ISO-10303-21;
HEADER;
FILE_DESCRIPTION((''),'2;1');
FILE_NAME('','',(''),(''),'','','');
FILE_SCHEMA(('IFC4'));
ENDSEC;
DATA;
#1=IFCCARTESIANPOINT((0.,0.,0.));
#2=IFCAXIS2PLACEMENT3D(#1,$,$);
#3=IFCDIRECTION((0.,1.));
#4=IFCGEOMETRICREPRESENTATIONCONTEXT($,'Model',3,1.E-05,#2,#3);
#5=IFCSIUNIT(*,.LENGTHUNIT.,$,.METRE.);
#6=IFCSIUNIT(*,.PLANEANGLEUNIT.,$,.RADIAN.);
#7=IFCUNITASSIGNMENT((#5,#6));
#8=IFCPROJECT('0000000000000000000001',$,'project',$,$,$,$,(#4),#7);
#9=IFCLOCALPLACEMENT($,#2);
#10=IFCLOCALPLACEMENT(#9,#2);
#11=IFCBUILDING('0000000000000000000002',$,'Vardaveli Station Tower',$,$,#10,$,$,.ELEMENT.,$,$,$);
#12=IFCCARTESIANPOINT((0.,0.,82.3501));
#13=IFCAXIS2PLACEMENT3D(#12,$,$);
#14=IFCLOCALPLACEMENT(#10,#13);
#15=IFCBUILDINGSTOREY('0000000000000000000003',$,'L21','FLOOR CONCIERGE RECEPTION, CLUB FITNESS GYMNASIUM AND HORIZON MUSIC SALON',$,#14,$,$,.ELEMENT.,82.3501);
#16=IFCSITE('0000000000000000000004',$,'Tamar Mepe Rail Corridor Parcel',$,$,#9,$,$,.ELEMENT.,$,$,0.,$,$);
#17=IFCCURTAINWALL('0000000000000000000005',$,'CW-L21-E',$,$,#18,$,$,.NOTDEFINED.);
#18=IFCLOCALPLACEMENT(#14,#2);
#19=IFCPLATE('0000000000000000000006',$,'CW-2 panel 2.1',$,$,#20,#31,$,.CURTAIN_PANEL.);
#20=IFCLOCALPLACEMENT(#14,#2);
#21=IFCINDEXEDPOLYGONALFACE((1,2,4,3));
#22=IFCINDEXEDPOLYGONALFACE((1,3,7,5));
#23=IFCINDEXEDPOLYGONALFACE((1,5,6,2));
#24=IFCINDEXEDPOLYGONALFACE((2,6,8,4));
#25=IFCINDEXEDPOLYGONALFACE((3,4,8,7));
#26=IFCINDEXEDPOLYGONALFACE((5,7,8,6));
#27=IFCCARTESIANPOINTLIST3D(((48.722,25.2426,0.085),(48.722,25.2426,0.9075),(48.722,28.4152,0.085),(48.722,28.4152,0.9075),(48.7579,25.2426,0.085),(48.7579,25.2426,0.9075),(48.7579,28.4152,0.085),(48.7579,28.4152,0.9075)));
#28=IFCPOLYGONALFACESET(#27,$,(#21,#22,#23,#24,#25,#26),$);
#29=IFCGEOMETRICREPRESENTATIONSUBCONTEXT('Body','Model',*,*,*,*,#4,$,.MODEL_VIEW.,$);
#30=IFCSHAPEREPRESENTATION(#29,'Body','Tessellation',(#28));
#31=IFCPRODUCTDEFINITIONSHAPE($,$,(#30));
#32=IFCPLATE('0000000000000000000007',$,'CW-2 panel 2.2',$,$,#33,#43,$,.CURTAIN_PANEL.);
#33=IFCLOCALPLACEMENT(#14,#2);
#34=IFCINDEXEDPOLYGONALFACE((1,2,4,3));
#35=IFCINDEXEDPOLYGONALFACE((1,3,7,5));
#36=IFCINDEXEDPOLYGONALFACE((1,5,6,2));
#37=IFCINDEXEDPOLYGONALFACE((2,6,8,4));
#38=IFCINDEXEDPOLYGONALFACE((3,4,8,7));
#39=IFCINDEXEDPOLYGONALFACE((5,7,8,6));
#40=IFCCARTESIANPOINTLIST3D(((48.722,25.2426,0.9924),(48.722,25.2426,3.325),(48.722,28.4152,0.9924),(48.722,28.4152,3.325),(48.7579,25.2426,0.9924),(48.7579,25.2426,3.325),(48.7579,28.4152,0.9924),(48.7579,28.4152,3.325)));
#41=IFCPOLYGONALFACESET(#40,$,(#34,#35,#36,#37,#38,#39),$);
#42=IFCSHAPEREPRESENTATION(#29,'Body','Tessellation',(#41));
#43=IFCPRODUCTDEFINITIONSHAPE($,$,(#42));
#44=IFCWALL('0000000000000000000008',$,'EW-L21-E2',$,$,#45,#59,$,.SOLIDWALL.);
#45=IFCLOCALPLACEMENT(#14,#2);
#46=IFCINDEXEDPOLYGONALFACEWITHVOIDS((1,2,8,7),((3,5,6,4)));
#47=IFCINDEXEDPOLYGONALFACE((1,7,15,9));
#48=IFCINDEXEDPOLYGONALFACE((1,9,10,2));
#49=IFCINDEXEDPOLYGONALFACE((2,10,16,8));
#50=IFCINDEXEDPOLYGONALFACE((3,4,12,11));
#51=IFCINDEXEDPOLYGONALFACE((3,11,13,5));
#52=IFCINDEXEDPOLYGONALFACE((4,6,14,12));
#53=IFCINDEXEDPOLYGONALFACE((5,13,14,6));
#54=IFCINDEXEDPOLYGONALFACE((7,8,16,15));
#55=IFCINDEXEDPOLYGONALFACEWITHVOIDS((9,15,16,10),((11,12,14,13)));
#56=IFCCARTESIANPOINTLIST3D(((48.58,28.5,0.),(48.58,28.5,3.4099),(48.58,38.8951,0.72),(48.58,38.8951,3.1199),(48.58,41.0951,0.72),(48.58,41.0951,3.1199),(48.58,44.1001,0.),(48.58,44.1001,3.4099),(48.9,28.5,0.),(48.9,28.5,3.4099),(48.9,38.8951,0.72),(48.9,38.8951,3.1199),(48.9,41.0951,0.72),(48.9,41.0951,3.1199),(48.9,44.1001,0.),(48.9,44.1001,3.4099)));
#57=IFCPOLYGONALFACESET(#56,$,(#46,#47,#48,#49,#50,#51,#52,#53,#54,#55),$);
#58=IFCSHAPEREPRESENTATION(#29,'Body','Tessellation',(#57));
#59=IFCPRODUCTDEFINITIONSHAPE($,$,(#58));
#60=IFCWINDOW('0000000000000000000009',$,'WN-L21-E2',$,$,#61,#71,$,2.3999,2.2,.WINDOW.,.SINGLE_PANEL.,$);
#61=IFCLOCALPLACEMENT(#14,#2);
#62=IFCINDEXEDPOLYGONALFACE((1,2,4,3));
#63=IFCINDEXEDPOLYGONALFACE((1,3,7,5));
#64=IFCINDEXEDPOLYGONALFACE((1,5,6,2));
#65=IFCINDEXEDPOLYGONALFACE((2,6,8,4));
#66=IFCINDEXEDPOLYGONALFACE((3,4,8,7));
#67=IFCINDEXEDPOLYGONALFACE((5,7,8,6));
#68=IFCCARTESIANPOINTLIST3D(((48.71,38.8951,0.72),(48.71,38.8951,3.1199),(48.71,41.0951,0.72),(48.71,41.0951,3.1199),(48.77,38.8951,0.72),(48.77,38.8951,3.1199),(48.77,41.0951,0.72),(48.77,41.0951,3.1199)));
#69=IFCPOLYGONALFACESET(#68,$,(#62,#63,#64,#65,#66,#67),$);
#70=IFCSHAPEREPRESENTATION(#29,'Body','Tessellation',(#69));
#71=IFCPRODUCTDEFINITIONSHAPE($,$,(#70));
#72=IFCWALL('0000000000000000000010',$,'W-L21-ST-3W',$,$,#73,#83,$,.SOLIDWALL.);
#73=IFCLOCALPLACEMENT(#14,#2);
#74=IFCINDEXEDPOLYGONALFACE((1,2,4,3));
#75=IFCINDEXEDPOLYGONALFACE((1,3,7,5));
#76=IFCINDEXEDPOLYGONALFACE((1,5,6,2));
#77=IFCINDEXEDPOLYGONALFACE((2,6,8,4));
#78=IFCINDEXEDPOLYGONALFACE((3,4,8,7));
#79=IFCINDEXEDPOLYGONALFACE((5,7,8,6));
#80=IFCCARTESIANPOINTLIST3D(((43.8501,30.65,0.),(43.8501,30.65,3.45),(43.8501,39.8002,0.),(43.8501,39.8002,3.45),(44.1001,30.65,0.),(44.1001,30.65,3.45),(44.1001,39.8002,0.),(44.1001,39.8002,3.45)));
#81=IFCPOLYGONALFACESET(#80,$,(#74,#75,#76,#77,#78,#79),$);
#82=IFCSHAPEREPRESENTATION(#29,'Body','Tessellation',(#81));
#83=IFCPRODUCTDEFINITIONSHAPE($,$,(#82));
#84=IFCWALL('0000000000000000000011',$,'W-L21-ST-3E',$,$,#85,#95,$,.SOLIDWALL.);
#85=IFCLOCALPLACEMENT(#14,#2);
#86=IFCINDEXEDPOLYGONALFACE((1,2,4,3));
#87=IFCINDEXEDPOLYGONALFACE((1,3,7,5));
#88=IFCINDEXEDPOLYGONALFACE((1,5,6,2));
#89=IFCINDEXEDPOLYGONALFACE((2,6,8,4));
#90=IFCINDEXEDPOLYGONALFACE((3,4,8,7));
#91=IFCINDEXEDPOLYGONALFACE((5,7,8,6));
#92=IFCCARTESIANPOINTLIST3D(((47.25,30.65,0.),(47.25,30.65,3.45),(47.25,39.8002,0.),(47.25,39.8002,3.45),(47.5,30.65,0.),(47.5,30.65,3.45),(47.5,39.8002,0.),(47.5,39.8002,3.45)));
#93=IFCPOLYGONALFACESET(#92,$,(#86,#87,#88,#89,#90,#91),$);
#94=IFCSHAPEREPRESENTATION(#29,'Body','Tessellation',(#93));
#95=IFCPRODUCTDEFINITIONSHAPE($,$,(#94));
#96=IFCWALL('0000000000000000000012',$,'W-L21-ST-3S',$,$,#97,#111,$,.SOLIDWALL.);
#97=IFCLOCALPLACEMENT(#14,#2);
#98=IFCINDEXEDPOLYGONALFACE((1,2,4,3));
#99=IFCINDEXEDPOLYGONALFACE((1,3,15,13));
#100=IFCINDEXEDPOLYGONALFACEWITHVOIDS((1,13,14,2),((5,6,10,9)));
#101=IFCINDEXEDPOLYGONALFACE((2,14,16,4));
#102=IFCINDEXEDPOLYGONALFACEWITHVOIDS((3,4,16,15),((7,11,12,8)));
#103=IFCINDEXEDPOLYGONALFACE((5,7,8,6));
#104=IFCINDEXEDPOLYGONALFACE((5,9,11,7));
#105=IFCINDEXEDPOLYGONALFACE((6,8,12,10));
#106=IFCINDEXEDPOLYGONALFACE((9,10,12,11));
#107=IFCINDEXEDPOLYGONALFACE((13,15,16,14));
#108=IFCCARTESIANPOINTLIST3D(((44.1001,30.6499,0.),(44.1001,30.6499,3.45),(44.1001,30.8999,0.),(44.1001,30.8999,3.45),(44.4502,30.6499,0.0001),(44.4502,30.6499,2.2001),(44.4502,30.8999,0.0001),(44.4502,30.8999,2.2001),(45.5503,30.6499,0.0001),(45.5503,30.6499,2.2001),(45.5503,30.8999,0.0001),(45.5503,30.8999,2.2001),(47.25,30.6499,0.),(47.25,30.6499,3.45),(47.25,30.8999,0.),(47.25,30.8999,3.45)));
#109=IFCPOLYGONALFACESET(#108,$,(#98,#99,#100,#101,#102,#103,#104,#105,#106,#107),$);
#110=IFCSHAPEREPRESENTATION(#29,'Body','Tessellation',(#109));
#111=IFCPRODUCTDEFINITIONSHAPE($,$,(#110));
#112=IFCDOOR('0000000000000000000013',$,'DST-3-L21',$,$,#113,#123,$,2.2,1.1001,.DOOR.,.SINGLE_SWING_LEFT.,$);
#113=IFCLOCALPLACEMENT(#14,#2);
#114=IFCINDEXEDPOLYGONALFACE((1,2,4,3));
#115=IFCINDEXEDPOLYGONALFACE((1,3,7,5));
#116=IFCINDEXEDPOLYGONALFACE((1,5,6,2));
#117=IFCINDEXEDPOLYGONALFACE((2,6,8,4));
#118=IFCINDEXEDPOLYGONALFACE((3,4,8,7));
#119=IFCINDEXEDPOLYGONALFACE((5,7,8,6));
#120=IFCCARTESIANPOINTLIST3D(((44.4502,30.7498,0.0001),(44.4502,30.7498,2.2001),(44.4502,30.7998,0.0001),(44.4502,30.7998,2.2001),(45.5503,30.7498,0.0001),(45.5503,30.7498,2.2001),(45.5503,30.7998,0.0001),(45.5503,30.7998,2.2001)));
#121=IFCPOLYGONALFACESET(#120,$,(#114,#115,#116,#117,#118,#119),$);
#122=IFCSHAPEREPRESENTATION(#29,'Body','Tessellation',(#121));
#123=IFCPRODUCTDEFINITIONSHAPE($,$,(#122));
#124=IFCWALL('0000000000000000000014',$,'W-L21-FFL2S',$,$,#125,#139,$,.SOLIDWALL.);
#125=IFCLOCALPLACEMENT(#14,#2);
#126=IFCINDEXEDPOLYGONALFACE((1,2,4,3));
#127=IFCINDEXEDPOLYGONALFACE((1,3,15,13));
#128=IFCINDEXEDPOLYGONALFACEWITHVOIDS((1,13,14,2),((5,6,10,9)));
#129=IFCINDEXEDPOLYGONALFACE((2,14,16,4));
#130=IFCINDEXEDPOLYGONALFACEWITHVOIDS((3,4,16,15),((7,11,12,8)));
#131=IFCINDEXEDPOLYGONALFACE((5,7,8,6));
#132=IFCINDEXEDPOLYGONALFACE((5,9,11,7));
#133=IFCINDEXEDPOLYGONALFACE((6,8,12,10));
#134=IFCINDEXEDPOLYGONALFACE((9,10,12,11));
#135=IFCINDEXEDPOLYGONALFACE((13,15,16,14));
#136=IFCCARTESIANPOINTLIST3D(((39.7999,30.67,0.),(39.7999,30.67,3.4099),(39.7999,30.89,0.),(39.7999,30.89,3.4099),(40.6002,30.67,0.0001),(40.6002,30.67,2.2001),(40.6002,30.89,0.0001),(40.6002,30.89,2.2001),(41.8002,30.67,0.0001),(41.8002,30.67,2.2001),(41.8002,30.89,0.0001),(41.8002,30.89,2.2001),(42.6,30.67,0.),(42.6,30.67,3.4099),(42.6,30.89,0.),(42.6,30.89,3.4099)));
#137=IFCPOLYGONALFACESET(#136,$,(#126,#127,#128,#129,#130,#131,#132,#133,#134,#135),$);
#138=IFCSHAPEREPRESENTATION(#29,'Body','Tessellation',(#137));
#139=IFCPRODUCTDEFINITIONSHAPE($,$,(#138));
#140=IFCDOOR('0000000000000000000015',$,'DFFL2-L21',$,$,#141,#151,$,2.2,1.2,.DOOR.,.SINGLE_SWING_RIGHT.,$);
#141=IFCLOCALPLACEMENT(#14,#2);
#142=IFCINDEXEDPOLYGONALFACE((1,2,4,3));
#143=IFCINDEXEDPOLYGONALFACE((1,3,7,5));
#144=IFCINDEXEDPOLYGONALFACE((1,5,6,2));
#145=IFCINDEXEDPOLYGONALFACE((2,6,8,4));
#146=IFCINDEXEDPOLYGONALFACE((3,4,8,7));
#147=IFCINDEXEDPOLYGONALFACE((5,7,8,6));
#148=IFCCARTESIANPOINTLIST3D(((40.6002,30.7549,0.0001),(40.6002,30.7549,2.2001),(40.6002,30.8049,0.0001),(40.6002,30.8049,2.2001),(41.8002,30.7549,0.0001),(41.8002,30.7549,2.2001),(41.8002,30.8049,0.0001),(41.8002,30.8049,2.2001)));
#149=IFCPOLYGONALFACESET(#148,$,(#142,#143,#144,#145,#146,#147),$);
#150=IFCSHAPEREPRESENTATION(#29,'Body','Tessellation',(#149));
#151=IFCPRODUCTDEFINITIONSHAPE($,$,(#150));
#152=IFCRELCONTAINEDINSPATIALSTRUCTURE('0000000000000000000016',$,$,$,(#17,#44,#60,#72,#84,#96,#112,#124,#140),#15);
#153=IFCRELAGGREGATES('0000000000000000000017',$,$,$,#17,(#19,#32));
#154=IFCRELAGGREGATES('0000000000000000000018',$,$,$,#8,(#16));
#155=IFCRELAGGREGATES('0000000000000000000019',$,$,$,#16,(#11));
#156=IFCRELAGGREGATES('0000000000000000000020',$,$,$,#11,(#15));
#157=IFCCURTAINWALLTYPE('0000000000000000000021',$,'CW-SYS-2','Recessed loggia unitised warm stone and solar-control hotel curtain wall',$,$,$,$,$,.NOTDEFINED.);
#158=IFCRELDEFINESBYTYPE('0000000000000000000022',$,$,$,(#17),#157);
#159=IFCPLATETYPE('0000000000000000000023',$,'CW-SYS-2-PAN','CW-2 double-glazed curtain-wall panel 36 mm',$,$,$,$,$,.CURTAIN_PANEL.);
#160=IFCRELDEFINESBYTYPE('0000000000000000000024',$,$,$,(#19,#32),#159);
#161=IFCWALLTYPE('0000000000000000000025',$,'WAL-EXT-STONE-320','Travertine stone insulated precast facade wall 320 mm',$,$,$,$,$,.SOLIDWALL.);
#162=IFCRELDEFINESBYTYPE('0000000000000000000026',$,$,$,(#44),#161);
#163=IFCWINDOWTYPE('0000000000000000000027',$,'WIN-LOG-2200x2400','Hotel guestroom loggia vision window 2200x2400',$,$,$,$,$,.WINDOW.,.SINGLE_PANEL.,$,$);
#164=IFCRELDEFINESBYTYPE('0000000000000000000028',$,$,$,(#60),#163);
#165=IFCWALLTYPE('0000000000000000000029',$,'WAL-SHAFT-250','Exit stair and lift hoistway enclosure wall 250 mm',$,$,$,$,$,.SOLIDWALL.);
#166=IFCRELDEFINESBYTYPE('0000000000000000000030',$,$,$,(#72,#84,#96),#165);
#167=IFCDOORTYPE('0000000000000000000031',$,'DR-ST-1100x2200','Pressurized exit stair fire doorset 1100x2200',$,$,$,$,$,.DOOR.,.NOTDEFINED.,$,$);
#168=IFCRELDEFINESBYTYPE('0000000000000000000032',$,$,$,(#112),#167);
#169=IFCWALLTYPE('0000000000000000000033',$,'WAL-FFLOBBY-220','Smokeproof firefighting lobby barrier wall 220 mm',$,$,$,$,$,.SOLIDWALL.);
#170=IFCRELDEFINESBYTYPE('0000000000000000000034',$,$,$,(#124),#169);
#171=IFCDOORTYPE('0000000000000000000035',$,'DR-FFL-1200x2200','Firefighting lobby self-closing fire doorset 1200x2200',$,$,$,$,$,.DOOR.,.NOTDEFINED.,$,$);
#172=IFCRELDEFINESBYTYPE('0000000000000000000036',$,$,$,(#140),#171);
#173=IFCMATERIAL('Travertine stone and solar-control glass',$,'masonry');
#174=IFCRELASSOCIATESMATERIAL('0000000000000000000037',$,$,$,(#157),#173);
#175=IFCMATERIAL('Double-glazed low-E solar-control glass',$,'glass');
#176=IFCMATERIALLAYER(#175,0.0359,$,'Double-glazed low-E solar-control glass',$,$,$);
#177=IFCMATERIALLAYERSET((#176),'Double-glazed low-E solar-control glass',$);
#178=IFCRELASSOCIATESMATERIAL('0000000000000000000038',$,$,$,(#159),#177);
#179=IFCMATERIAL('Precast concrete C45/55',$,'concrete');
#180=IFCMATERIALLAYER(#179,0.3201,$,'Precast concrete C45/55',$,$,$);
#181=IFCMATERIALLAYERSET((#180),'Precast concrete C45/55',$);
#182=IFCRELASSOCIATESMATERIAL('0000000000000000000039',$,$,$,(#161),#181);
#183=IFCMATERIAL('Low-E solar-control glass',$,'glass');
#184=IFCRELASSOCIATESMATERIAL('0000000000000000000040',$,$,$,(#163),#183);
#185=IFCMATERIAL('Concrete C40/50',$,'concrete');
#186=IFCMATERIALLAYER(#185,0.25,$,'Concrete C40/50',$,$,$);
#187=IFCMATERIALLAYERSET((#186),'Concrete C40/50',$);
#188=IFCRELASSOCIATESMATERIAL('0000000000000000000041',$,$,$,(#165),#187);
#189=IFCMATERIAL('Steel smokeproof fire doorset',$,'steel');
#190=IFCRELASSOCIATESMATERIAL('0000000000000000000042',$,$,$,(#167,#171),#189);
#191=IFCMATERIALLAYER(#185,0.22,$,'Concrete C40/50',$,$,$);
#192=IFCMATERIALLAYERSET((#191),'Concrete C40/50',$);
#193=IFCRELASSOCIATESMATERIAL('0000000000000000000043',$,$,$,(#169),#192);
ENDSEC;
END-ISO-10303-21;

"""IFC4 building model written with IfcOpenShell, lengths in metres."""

from ifc_helpers import new_model, si_unit, direction, frame, frame_2d, origin, origin_2d, place, context, subcontext, project, spatial, rectangle, extrude, source, transform, mapped, material, layer, layer_set, type_object, element, fill, aggregate, save


model = new_model("IFC4")

# Units and contexts
model_context = context("Model", 3, precision=1e-05, world=origin(), true_north=direction((0.0, 1.0)))
body_context = subcontext(model_context, "Body", "Model", "MODEL_VIEW")
ifc_project = project(units=[si_unit("LENGTHUNIT", "METRE"), si_unit("PLANEANGLEUNIT", "RADIAN")], contexts=[model_context])

# Site, building, storey
site_placement = place(None, origin())
site = spatial("IfcSite", under=ifc_project, at=site_placement, Name="Tamar Mepe Rail Corridor Parcel", CompositionType="ELEMENT", RefElevation=0.0)
building_placement = place(site_placement, origin())
building = spatial("IfcBuilding", under=site, at=building_placement, Name="Vardaveli Station Tower", CompositionType="ELEMENT")
storey_placement = place(building_placement, frame((0.0, 0.0, 82.3501)))
storey = spatial("IfcBuildingStorey", under=building, at=storey_placement, Name="L21", Description="FLOOR CONCIERGE RECEPTION, CLUB FITNESS GYMNASIUM AND HORIZON MUSIC SALON", CompositionType="ELEMENT", Elevation=82.3501)

# Shared definitions
ifc_material_1 = material(Name="Precast concrete C45/55", Category="concrete")

# Curtain wall, plates
ifc_material_2 = material(Name="Travertine stone and solar-control glass", Category="masonry")
curtain_wall_type = type_object("IfcCurtainWallType", Name="CW-SYS-2", Description="Recessed loggia unitised warm stone and solar-control hotel curtain wall", PredefinedType="NOTDEFINED", material=ifc_material_2)
curtain_wall_placement = place(storey_placement, origin())
curtain_wall = element("IfcCurtainWall", 1, at=curtain_wall_placement, inside=storey, type_object=curtain_wall_type, Name="CW-L21-E", PredefinedType="NOTDEFINED")
ifc_material_3 = material(Name="Double-glazed low-E solar-control glass", Category="glass")
ifc_layer_1 = layer(ifc_material_3, 0.0359, Name="Double-glazed low-E solar-control glass")
ifc_layer_set_1 = layer_set([ifc_layer_1], Name="Double-glazed low-E solar-control glass")
plate_type = type_object("IfcPlateType", Name="CW-SYS-2-PAN", Description="CW-2 double-glazed curtain-wall panel 36 mm", PredefinedType="CURTAIN_PANEL", material=ifc_layer_set_1)
shared_shape_1 = source(origin(), body_context, "Body", "SweptSolid", [
    extrude(rectangle(XDim=3.1726, YDim=0.0359, at=origin_2d()), origin(), (0.0, 0.0, 1.0), 0.8225),
])
plate_1_placement = place(storey_placement, frame((48.74, 26.8289, 0.085), z_axis=(0.0, 0.0, 1.0), x_axis=(0.0, 1.0, 0.0)))
plate_1 = element("IfcPlate", 2, at=plate_1_placement, type_object=plate_type, Name="CW-2 panel 2.1", PredefinedType="CURTAIN_PANEL", context=body_context, shape_type="MappedRepresentation", body=[
    mapped(shared_shape_1, transform((0.0, 0.0, 0.0), scale=1.0)),
])
shared_shape_2 = source(origin(), body_context, "Body", "SweptSolid", [
    extrude(rectangle(XDim=3.1726, YDim=0.0359, at=origin_2d()), origin(), (0.0, 0.0, 1.0), 2.3325),
])
plate_2_placement = place(storey_placement, frame((48.74, 26.8289, 0.9924), z_axis=(0.0, 0.0, 1.0), x_axis=(0.0, 1.0, 0.0)))
plate_2 = element("IfcPlate", 3, at=plate_2_placement, type_object=plate_type, Name="CW-2 panel 2.2", PredefinedType="CURTAIN_PANEL", context=body_context, shape_type="MappedRepresentation", body=[
    mapped(shared_shape_2, transform((0.0, 0.0, 0.0), scale=1.0)),
])
aggregate(curtain_wall, [plate_1, plate_2])

# Wall, opening, window
ifc_layer_2 = layer(ifc_material_1, 0.3201, Name="Precast concrete C45/55")
ifc_layer_set_2 = layer_set([ifc_layer_2], Name="Precast concrete C45/55")
wall_type_1 = type_object("IfcWallType", Name="WAL-EXT-STONE-320", Description="Travertine stone insulated precast facade wall 320 mm", PredefinedType="SOLIDWALL", material=ifc_layer_set_2)
shared_shape_3 = source(origin(), body_context, "Body", "SweptSolid", [
    extrude(rectangle(XDim=15.6001, YDim=0.3201, at=frame_2d((7.8, 0.0))), origin(), (0.0, 0.0, 1.0), 3.4099),
])
wall_1_placement = place(storey_placement, frame((48.74, 28.5, 0.0), z_axis=(0.0, 0.0, 1.0), x_axis=(0.0, 1.0, 0.0)))
wall_1 = element("IfcWall", 4, at=wall_1_placement, inside=storey, type_object=wall_type_1, Name="EW-L21-E2", PredefinedType="SOLIDWALL", context=body_context, shape_type="MappedRepresentation", body=[
    mapped(shared_shape_3, transform((0.0, 0.0, 0.0), scale=1.0)),
])
shared_shape_4 = source(origin(), body_context, "Body", "SweptSolid", [
    extrude(rectangle(XDim=2.2, YDim=2.3999, at=frame_2d((1.1001, 1.2))), frame((0.0, 0.1699, 0.0), z_axis=(0.0, -1.0, 0.0), x_axis=(1.0, 0.0, 0.0)), (0.0, 0.0, 1.0), 0.3401),
])
opening_1_placement = place(wall_1_placement, frame((10.395, 0.0, 0.72)))
opening_1 = element("IfcOpeningElement", 5, at=opening_1_placement, cuts=wall_1, PredefinedType="OPENING", context=body_context, shape_type="MappedRepresentation", body=[
    mapped(shared_shape_4, transform((0.0, 0.0, 0.0), scale=1.0)),
])
ifc_material_4 = material(Name="Low-E solar-control glass", Category="glass")
window_type = type_object("IfcWindowType", Name="WIN-LOG-2200x2400", Description="Hotel guestroom loggia vision window 2200x2400", PartitioningType="SINGLE_PANEL", PredefinedType="WINDOW", material=ifc_material_4)
shared_shape_5 = source(origin(), body_context, "Body", "SweptSolid", [
    extrude(rectangle(XDim=2.2, YDim=2.3999, at=frame_2d((1.1001, 1.2))), frame((0.0, 0.03, 0.0), z_axis=(0.0, -1.0, 0.0), x_axis=(1.0, 0.0, 0.0)), (0.0, 0.0, 1.0), 0.0601),
])
window_placement = place(opening_1_placement, origin())
window = element("IfcWindow", 6, at=window_placement, inside=storey, type_object=window_type, Name="WN-L21-E2", OverallHeight=2.3999, OverallWidth=2.2, PartitioningType="SINGLE_PANEL", PredefinedType="WINDOW", context=body_context, shape_type="MappedRepresentation", body=[
    mapped(shared_shape_5, transform((0.0, 0.0, 0.0), scale=1.0)),
])
fill(opening_1, window)

# Walls
ifc_material_5 = material(Name="Concrete C40/50", Category="concrete")
ifc_layer_3 = layer(ifc_material_5, 0.25, Name="Concrete C40/50")
ifc_layer_set_3 = layer_set([ifc_layer_3], Name="Concrete C40/50")
wall_type_2 = type_object("IfcWallType", Name="WAL-SHAFT-250", Description="Exit stair and lift hoistway enclosure wall 250 mm", PredefinedType="SOLIDWALL", material=ifc_layer_set_3)
shared_shape_6 = source(origin(), body_context, "Body", "SweptSolid", [
    extrude(rectangle(XDim=9.1501, YDim=0.25, at=frame_2d((4.5752, 0.0))), origin(), (0.0, 0.0, 1.0), 3.45),
])
for number, where, z_axis, x_axis, name in (
    (7, (43.9751, 30.6499, 0.0), (0.0, 0.0, 1.0), (0.0, 1.0, 0.0), "W-L21-ST-3W"),
    (8, (47.375, 30.6499, 0.0), (0.0, 0.0, 1.0), (0.0, 1.0, 0.0), "W-L21-ST-3E"),
):
    element("IfcWall", number, at=place(storey_placement, frame(where, z_axis=z_axis, x_axis=x_axis)), inside=storey, type_object=wall_type_2, Name=name, PredefinedType="SOLIDWALL", context=body_context, shape_type="MappedRepresentation", body=[
        mapped(shared_shape_6, transform((0.0, 0.0, 0.0), scale=1.0)),
    ])

# Walls, openings, doors
shared_shape_7 = source(origin(), body_context, "Body", "SweptSolid", [
    extrude(rectangle(XDim=3.1499, YDim=0.25, at=frame_2d((1.575, 0.0))), origin(), (0.0, 0.0, 1.0), 3.45),
])
wall_2_placement = place(storey_placement, frame((44.1001, 30.7749, 0.0), z_axis=(0.0, 0.0, 1.0), x_axis=(1.0, 0.0, 0.0)))
wall_2 = element("IfcWall", 9, at=wall_2_placement, inside=storey, type_object=wall_type_2, Name="W-L21-ST-3S", PredefinedType="SOLIDWALL", context=body_context, shape_type="MappedRepresentation", body=[
    mapped(shared_shape_7, transform((0.0, 0.0, 0.0), scale=1.0)),
])
shared_shape_8 = source(origin(), body_context, "Body", "SweptSolid", [
    extrude(rectangle(XDim=1.1001, YDim=2.2, at=frame_2d((0.55, 1.1001))), frame((0.0, 0.135, 0.0), z_axis=(0.0, -1.0, 0.0), x_axis=(1.0, 0.0, 0.0)), (0.0, 0.0, 1.0), 0.27),
])
opening_2_placement = place(wall_2_placement, frame((0.3501, 0.0, 0.0)))
opening_2 = element("IfcOpeningElement", 10, at=opening_2_placement, cuts=wall_2, PredefinedType="OPENING", context=body_context, shape_type="MappedRepresentation", body=[
    mapped(shared_shape_8, transform((0.0, 0.0, 0.0), scale=1.0)),
])
ifc_material_6 = material(Name="Steel smokeproof fire doorset", Category="steel")
door_type_1 = type_object("IfcDoorType", Name="DR-ST-1100x2200", Description="Pressurized exit stair fire doorset 1100x2200", OperationType="NOTDEFINED", PredefinedType="DOOR", material=ifc_material_6)
shared_shape_9 = source(origin(), body_context, "Body", "SweptSolid", [
    extrude(rectangle(XDim=1.1001, YDim=2.2, at=frame_2d((0.55, 1.1001))), frame((0.0, 0.0249, 0.0), z_axis=(0.0, -1.0, 0.0), x_axis=(1.0, 0.0, 0.0)), (0.0, 0.0, 1.0), 0.05),
])
door_1_placement = place(opening_2_placement, origin())
door_1 = element("IfcDoor", 11, at=door_1_placement, inside=storey, type_object=door_type_1, Name="DST-3-L21", OperationType="SINGLE_SWING_LEFT", OverallHeight=2.2, OverallWidth=1.1001, PredefinedType="DOOR", context=body_context, shape_type="MappedRepresentation", body=[
    mapped(shared_shape_9, transform((0.0, 0.0, 0.0), scale=1.0)),
])
fill(opening_2, door_1)
ifc_layer_4 = layer(ifc_material_5, 0.22, Name="Concrete C40/50")
ifc_layer_set_4 = layer_set([ifc_layer_4], Name="Concrete C40/50")
wall_type_3 = type_object("IfcWallType", Name="WAL-FFLOBBY-220", Description="Smokeproof firefighting lobby barrier wall 220 mm", PredefinedType="SOLIDWALL", material=ifc_layer_set_4)
shared_shape_10 = source(origin(), body_context, "Body", "SweptSolid", [
    extrude(rectangle(XDim=2.8, YDim=0.22, at=frame_2d((1.3999, 0.0))), origin(), (0.0, 0.0, 1.0), 3.4099),
])
wall_3_placement = place(storey_placement, frame((39.8, 30.78, 0.0), z_axis=(0.0, 0.0, 1.0), x_axis=(1.0, 0.0, 0.0)))
wall_3 = element("IfcWall", 12, at=wall_3_placement, inside=storey, type_object=wall_type_3, Name="W-L21-FFL2S", PredefinedType="SOLIDWALL", context=body_context, shape_type="MappedRepresentation", body=[
    mapped(shared_shape_10, transform((0.0, 0.0, 0.0), scale=1.0)),
])
shared_shape_11 = source(origin(), body_context, "Body", "SweptSolid", [
    extrude(rectangle(XDim=1.2, YDim=2.2, at=frame_2d((0.6001, 1.1001))), frame((0.0, 0.1201, 0.0), z_axis=(0.0, -1.0, 0.0), x_axis=(1.0, 0.0, 0.0)), (0.0, 0.0, 1.0), 0.24),
])
opening_3_placement = place(wall_3_placement, frame((0.8, 0.0, 0.0)))
opening_3 = element("IfcOpeningElement", 13, at=opening_3_placement, cuts=wall_3, PredefinedType="OPENING", context=body_context, shape_type="MappedRepresentation", body=[
    mapped(shared_shape_11, transform((0.0, 0.0, 0.0), scale=1.0)),
])
door_type_2 = type_object("IfcDoorType", Name="DR-FFL-1200x2200", Description="Firefighting lobby self-closing fire doorset 1200x2200", OperationType="NOTDEFINED", PredefinedType="DOOR", material=ifc_material_6)
shared_shape_12 = source(origin(), body_context, "Body", "SweptSolid", [
    extrude(rectangle(XDim=1.2, YDim=2.2, at=frame_2d((0.6001, 1.1001))), frame((0.0, 0.0249, 0.0), z_axis=(0.0, -1.0, 0.0), x_axis=(1.0, 0.0, 0.0)), (0.0, 0.0, 1.0), 0.05),
])
door_2_placement = place(opening_3_placement, origin())
door_2 = element("IfcDoor", 14, at=door_2_placement, inside=storey, type_object=door_type_2, Name="DFFL2-L21", OperationType="SINGLE_SWING_RIGHT", OverallHeight=2.2, OverallWidth=1.2, PredefinedType="DOOR", context=body_context, shape_type="MappedRepresentation", body=[
    mapped(shared_shape_12, transform((0.0, 0.0, 0.0), scale=1.0)),
])
fill(opening_3, door_2)

save(model, "model.ifc")
